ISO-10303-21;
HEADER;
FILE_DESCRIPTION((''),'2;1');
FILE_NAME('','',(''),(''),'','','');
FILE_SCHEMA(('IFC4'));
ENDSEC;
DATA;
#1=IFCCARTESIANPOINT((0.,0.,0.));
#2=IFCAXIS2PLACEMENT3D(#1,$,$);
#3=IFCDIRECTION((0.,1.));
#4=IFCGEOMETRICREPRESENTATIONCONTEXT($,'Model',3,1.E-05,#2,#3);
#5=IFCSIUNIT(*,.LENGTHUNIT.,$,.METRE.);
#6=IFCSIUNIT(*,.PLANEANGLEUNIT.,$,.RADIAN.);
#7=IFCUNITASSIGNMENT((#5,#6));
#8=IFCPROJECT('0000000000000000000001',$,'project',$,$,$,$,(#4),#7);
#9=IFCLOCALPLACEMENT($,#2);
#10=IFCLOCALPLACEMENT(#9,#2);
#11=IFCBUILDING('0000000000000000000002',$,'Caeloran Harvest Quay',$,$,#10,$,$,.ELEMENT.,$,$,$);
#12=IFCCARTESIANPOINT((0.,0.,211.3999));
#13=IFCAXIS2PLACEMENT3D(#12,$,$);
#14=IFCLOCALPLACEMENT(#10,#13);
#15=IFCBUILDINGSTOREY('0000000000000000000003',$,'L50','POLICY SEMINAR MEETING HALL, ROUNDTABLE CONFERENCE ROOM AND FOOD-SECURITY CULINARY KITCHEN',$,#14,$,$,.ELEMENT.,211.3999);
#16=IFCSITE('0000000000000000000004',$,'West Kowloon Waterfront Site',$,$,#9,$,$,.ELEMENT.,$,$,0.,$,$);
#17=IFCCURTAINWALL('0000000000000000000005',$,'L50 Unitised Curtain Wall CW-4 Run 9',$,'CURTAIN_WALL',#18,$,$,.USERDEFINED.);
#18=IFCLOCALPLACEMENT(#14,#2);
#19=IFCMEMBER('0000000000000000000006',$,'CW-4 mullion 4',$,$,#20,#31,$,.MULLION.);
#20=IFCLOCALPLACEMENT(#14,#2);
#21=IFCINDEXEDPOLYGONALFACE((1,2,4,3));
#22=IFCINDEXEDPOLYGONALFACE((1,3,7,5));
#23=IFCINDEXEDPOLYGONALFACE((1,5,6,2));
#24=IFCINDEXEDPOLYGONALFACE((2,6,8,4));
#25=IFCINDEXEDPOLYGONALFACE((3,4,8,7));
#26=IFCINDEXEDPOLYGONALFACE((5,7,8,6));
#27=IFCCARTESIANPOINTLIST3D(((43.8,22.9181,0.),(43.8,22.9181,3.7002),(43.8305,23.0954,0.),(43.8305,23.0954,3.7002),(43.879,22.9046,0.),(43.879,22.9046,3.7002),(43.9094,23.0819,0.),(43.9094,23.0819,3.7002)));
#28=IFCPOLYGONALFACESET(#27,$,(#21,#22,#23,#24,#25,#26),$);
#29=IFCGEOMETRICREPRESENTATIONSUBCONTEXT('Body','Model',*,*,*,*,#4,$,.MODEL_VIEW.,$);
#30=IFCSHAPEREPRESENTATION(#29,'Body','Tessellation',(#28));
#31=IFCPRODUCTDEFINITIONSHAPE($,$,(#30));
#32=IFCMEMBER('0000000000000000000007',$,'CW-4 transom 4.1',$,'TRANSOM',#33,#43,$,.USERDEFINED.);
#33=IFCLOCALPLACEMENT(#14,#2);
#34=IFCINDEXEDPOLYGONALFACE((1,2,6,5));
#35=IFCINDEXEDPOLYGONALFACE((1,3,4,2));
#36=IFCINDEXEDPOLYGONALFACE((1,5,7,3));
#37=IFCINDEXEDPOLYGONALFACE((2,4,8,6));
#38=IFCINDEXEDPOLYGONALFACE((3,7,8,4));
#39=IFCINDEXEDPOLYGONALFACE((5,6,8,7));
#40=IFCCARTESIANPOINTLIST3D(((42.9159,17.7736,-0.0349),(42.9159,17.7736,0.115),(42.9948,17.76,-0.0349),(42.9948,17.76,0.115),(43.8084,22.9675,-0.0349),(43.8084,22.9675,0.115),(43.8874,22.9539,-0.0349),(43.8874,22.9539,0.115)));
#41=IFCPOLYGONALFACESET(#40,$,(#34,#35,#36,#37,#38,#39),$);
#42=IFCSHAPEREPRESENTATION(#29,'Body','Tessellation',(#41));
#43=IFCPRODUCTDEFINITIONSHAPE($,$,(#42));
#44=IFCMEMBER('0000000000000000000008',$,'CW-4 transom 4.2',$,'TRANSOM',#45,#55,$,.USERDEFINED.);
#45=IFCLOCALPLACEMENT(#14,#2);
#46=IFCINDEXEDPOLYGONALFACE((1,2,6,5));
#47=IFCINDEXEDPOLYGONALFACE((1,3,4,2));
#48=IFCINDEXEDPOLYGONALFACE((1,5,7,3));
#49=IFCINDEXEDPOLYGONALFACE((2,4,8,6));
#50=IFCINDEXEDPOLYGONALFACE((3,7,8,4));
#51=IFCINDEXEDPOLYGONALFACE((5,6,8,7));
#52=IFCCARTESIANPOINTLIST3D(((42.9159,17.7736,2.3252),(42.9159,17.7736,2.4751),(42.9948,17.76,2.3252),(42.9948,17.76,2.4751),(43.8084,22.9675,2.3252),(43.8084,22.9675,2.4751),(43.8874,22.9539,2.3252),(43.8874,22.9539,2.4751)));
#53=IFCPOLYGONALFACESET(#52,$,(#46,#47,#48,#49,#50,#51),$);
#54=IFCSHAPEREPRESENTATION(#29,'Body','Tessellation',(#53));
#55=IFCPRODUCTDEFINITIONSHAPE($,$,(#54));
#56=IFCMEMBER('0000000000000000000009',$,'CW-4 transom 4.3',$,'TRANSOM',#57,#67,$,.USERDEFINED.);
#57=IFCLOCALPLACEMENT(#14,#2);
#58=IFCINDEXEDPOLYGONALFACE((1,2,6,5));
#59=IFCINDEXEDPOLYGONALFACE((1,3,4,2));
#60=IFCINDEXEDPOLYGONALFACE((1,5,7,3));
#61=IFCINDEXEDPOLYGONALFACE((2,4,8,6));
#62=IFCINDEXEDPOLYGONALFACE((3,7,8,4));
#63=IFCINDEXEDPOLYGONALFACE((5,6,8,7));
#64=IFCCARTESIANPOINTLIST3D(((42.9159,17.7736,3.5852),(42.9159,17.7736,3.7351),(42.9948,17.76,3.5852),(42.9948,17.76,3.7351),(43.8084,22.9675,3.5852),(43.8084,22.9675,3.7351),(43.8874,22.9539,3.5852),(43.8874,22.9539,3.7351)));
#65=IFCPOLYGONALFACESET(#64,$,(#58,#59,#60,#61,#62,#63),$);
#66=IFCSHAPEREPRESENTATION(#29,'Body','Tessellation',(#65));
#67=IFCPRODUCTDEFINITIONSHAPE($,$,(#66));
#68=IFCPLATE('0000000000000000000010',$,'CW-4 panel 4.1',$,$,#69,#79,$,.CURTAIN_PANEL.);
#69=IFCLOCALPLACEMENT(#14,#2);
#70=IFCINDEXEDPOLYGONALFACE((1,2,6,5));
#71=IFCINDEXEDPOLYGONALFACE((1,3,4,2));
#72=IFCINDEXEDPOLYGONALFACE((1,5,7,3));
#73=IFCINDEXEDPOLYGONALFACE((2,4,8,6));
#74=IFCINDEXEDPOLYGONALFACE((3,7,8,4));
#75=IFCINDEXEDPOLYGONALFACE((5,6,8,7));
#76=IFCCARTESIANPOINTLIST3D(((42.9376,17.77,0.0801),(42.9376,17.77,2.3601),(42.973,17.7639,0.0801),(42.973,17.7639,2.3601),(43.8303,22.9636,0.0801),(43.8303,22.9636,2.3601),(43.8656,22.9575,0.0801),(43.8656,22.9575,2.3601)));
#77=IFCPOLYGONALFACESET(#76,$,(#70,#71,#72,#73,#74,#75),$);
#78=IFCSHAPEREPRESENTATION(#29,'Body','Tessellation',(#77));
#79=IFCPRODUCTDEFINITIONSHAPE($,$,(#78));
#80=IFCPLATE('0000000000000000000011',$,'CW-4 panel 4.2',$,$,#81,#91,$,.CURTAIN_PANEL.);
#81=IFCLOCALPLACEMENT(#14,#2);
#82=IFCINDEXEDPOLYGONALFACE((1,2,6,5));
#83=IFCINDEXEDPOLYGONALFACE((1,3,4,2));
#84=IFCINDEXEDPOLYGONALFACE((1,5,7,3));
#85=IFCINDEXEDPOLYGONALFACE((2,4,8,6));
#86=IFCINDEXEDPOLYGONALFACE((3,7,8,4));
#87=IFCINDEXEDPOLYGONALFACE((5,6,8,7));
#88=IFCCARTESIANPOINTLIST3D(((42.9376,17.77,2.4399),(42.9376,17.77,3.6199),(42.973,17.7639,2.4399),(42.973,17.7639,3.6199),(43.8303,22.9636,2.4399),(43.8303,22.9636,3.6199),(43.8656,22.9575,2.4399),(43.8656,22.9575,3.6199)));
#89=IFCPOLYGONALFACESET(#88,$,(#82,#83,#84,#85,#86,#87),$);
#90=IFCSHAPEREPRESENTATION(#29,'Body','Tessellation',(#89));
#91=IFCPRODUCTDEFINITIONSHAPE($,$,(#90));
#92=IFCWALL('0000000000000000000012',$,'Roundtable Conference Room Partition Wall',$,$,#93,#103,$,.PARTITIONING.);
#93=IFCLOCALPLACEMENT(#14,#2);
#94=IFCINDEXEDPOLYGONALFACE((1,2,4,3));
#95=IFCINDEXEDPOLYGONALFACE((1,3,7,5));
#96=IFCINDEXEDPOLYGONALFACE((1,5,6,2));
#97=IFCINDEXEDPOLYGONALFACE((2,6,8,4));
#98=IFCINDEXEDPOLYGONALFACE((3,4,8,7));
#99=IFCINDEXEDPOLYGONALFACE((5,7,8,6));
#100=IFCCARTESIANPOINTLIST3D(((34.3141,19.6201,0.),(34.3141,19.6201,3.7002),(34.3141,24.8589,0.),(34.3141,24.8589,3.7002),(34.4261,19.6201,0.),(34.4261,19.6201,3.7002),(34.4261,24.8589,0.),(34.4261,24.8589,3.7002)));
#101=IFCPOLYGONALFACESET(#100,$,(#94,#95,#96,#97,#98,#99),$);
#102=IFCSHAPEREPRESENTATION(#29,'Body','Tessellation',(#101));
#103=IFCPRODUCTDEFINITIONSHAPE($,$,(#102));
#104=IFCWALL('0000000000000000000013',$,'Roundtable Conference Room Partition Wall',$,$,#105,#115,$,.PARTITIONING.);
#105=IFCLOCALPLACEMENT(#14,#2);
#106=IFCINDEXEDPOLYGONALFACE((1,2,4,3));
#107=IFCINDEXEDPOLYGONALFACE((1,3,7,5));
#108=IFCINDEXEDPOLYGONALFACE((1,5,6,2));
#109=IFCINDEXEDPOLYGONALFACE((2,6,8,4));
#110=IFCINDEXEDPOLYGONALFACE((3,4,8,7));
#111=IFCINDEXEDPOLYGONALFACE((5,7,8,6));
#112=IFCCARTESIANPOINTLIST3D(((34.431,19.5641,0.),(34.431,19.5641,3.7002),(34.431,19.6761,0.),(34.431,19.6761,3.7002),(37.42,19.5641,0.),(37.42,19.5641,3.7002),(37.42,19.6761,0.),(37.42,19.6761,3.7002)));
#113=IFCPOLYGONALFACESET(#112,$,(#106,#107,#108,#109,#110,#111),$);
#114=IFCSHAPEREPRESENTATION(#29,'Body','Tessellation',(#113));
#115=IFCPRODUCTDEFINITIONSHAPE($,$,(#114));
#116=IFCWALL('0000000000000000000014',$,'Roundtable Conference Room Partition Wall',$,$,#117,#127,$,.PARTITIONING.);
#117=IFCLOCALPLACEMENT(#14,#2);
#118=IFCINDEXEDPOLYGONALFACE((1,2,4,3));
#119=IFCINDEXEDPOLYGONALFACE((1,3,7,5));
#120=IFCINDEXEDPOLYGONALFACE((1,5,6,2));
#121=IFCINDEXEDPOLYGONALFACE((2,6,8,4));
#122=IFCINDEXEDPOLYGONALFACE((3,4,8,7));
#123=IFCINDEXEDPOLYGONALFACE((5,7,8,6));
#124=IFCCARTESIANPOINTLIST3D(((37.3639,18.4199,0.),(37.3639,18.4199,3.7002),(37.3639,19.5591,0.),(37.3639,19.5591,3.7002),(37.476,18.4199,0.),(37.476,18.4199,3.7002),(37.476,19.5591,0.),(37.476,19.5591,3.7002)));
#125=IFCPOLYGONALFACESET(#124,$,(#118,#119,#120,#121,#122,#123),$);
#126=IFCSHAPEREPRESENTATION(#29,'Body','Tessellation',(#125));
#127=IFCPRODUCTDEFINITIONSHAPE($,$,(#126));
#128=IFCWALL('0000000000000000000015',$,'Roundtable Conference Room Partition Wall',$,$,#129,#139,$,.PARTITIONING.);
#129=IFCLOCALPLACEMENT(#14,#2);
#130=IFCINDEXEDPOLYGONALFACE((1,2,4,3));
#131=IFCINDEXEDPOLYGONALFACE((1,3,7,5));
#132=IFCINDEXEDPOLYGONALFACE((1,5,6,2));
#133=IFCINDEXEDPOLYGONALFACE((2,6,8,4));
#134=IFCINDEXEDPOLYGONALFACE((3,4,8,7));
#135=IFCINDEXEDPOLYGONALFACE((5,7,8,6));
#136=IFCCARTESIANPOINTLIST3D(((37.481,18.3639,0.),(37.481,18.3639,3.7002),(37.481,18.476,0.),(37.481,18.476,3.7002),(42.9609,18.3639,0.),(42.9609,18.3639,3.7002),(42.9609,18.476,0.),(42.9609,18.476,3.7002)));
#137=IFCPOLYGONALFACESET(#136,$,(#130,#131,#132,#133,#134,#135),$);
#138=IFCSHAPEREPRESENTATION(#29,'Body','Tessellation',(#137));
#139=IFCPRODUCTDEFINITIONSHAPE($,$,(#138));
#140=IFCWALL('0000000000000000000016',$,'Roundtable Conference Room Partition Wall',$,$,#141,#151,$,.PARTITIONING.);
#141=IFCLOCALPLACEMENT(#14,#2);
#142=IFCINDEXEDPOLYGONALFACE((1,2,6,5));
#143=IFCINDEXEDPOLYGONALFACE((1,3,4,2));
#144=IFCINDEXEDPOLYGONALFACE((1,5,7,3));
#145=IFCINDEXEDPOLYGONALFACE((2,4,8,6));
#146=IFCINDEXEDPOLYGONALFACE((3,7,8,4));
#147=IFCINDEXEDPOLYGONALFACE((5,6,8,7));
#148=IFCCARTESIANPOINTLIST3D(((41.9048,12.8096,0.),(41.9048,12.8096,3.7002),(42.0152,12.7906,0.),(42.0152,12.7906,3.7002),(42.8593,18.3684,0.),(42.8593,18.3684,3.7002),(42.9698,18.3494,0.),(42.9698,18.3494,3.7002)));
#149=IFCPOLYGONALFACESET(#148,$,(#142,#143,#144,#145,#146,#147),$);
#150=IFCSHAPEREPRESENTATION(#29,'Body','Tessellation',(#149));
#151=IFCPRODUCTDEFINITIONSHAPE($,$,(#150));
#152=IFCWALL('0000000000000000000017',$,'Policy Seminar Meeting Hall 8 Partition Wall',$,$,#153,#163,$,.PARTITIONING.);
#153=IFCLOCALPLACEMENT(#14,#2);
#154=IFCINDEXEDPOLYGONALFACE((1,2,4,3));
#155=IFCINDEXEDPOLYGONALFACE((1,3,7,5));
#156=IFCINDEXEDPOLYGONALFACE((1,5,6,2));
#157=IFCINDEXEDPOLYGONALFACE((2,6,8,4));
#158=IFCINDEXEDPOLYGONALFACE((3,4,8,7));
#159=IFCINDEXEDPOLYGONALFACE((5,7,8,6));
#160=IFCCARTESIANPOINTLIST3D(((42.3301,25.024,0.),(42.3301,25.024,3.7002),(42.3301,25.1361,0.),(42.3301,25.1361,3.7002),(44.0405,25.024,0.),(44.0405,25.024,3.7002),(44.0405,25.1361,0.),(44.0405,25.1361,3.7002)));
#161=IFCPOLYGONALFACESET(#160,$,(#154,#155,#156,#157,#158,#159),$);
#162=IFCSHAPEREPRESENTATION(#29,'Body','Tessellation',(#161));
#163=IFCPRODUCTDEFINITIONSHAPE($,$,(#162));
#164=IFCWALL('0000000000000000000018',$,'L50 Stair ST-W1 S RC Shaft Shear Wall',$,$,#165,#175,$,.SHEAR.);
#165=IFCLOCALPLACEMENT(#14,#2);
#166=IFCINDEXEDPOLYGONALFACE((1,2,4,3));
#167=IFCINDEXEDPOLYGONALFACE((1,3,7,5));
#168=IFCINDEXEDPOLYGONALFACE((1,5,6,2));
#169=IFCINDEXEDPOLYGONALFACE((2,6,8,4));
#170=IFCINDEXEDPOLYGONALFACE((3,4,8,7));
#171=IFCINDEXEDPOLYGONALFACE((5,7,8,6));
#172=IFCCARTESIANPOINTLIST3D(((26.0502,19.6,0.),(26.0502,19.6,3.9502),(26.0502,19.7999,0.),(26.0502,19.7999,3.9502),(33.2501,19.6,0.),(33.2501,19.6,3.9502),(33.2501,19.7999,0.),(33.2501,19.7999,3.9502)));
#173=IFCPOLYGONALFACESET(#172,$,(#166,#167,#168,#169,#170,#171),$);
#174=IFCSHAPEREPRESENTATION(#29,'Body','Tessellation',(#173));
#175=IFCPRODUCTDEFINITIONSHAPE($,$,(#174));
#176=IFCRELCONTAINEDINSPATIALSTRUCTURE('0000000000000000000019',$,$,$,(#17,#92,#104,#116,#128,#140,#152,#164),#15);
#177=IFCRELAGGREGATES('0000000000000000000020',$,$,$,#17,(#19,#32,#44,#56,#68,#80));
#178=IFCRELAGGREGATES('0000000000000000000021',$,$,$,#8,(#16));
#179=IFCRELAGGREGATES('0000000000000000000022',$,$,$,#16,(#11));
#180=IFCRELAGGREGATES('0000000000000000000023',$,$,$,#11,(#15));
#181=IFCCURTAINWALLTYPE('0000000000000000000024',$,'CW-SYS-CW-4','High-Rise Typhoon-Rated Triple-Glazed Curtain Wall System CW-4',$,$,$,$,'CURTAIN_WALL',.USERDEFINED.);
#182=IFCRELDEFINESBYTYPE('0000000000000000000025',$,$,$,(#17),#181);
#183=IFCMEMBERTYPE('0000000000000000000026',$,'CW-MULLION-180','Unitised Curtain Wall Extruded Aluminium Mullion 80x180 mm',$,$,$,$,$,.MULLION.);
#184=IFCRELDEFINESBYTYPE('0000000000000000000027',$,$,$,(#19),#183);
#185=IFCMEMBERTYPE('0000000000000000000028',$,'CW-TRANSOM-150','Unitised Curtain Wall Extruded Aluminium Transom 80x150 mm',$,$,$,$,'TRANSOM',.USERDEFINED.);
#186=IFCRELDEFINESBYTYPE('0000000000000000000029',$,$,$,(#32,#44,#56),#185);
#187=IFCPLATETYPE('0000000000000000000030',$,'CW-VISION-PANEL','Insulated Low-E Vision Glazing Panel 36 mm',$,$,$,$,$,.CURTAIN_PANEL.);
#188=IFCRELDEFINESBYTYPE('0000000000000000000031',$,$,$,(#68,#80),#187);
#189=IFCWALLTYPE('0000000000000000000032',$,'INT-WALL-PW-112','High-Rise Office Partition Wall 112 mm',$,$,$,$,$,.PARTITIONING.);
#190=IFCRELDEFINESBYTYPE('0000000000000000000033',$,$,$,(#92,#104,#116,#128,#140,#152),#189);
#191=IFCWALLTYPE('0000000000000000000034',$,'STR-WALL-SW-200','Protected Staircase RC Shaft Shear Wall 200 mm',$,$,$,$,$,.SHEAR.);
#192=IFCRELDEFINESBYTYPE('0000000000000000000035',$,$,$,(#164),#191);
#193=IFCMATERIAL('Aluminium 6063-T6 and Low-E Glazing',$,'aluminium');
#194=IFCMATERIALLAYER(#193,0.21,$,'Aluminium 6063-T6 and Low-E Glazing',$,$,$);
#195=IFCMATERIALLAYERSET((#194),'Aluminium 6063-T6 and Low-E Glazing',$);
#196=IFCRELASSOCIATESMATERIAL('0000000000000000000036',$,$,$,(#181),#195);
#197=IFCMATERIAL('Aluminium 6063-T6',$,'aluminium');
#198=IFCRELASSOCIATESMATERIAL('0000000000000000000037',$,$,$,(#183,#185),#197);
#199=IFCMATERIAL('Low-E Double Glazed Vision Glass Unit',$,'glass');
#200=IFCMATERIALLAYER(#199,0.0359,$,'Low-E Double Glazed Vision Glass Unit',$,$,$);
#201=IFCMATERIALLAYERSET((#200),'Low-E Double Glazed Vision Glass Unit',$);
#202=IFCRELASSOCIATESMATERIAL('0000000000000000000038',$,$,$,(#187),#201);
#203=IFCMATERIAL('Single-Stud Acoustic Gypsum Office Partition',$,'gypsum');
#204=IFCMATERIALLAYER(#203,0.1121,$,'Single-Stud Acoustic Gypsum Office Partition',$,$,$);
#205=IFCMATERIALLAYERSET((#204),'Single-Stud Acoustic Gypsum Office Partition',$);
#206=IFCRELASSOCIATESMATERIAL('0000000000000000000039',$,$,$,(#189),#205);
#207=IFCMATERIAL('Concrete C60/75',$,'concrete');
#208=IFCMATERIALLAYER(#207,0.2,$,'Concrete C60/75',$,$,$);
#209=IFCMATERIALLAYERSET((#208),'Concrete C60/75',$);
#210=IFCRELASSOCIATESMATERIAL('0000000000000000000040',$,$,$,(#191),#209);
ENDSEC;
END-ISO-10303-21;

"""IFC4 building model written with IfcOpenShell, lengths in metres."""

from ifc_helpers import new_model, si_unit, direction, frame, frame_2d, origin, origin_2d, place, context, subcontext, project, spatial, rectangle, extrude, material, layer, layer_set, material_profile, profile_set, type_object, element, aggregate, save


model = new_model("IFC4")

# Units and contexts
model_context = context("Model", 3, precision=1e-05, world=origin(), true_north=direction((0.0, 1.0)))
body_context = subcontext(model_context, "Body", "Model", "MODEL_VIEW")
ifc_project = project(units=[si_unit("LENGTHUNIT", "METRE"), si_unit("PLANEANGLEUNIT", "RADIAN")], contexts=[model_context])

# Site, building, storey
site_placement = place(None, origin())
site = spatial("IfcSite", under=ifc_project, at=site_placement, Name="West Kowloon Waterfront Site", CompositionType="ELEMENT", RefElevation=0.0)
building_placement = place(site_placement, origin())
building = spatial("IfcBuilding", under=site, at=building_placement, Name="Caeloran Harvest Quay", CompositionType="ELEMENT")
storey_placement = place(building_placement, frame((0.0, 0.0, 211.3999)))
storey = spatial("IfcBuildingStorey", under=building, at=storey_placement, Name="L50", Description="POLICY SEMINAR MEETING HALL, ROUNDTABLE CONFERENCE ROOM AND FOOD-SECURITY CULINARY KITCHEN", CompositionType="ELEMENT", Elevation=211.3999)

# Curtain wall, members, plates
ifc_material_1 = material(Name="Aluminium 6063-T6 and Low-E Glazing", Category="aluminium")
ifc_layer_1 = layer(ifc_material_1, 0.21, Name="Aluminium 6063-T6 and Low-E Glazing")
ifc_layer_set_1 = layer_set([ifc_layer_1], Name="Aluminium 6063-T6 and Low-E Glazing")
curtain_wall_type = type_object("IfcCurtainWallType", Name="CW-SYS-CW-4", Description="High-Rise Typhoon-Rated Triple-Glazed Curtain Wall System CW-4", ElementType="CURTAIN_WALL", PredefinedType="USERDEFINED", material=ifc_layer_set_1)
curtain_wall_placement = place(storey_placement, origin())
curtain_wall = element("IfcCurtainWall", 1, at=curtain_wall_placement, inside=storey, type_object=curtain_wall_type, Name="L50 Unitised Curtain Wall CW-4 Run 9", ObjectType="CURTAIN_WALL", PredefinedType="USERDEFINED")
ifc_material_2 = material(Name="Aluminium 6063-T6", Category="aluminium")
ifc_material_profile_1 = material_profile(ifc_material_2, rectangle(XDim=0.0801, YDim=0.1799, at=origin_2d()), Name="CW-MULLION-180")
ifc_profile_set_1 = profile_set([ifc_material_profile_1], Name="Aluminium 6063-T6")
member_type_1 = type_object("IfcMemberType", Name="CW-MULLION-180", Description="Unitised Curtain Wall Extruded Aluminium Mullion 80x180 mm", PredefinedType="MULLION", material=ifc_profile_set_1)
member_1_placement = place(storey_placement, frame((43.8547, 23.0, 0.0), z_axis=(0.0, 0.0, 1.0), x_axis=(0.985549, -0.169391, 0.0)))
member_1 = element("IfcMember", 2, at=member_1_placement, type_object=member_type_1, Name="CW-4 mullion 4", PredefinedType="MULLION", context=body_context, shape_type="SweptSolid", body=[
    extrude(rectangle(XDim=0.0801, YDim=0.1799, at=origin_2d()), origin(), (0.0, 0.0, 1.0), 3.7002),
])
ifc_material_profile_2 = material_profile(ifc_material_2, rectangle(XDim=0.0801, YDim=0.1499, at=origin_2d()), Name="CW-TRANSOM-150")
ifc_profile_set_2 = profile_set([ifc_material_profile_2], Name="Aluminium 6063-T6")
member_type_2 = type_object("IfcMemberType", Name="CW-TRANSOM-150", Description="Unitised Curtain Wall Extruded Aluminium Transom 80x150 mm", ElementType="TRANSOM", PredefinedType="USERDEFINED", material=ifc_profile_set_2)
member_2_placement = place(storey_placement, frame((43.8479, 22.9607, 0.04), z_axis=(-0.16937, -0.985553, 0.0), x_axis=(0.985553, -0.16937, 0.0)))
member_2 = element("IfcMember", 3, at=member_2_placement, type_object=member_type_2, Name="CW-4 transom 4.1", ObjectType="TRANSOM", PredefinedType="USERDEFINED", context=body_context, shape_type="SweptSolid", body=[
    extrude(rectangle(XDim=0.0801, YDim=0.1499, at=origin_2d()), origin(), (0.0, 0.0, 1.0), 5.27),
])
member_3_placement = place(storey_placement, frame((43.8479, 22.9607, 2.4001), z_axis=(-0.16937, -0.985553, 0.0), x_axis=(0.985553, -0.16937, 0.0)))
member_3 = element("IfcMember", 4, at=member_3_placement, type_object=member_type_2, Name="CW-4 transom 4.2", ObjectType="TRANSOM", PredefinedType="USERDEFINED", context=body_context, shape_type="SweptSolid", body=[
    extrude(rectangle(XDim=0.0801, YDim=0.1499, at=origin_2d()), origin(), (0.0, 0.0, 1.0), 5.27),
])
member_4_placement = place(storey_placement, frame((43.8479, 22.9607, 3.6602), z_axis=(-0.16937, -0.985553, 0.0), x_axis=(0.985553, -0.16937, 0.0)))
member_4 = element("IfcMember", 5, at=member_4_placement, type_object=member_type_2, Name="CW-4 transom 4.3", ObjectType="TRANSOM", PredefinedType="USERDEFINED", context=body_context, shape_type="SweptSolid", body=[
    extrude(rectangle(XDim=0.0801, YDim=0.1499, at=origin_2d()), origin(), (0.0, 0.0, 1.0), 5.27),
])
ifc_material_3 = material(Name="Low-E Double Glazed Vision Glass Unit", Category="glass")
ifc_layer_2 = layer(ifc_material_3, 0.0359, Name="Low-E Double Glazed Vision Glass Unit")
ifc_layer_set_2 = layer_set([ifc_layer_2], Name="Low-E Double Glazed Vision Glass Unit")
plate_type = type_object("IfcPlateType", Name="CW-VISION-PANEL", Description="Insulated Low-E Vision Glazing Panel 36 mm", PredefinedType="CURTAIN_PANEL", material=ifc_layer_set_2)
plate_1_placement = place(storey_placement, frame((43.4016, 20.3638, 0.0801), z_axis=(0.0, 0.0, 1.0), x_axis=(-0.169391, -0.985549, 0.0)))
plate_1 = element("IfcPlate", 6, at=plate_1_placement, type_object=plate_type, Name="CW-4 panel 4.1", PredefinedType="CURTAIN_PANEL", context=body_context, shape_type="SweptSolid", body=[
    extrude(rectangle(XDim=5.2698, YDim=0.0359, at=origin_2d()), origin(), (0.0, 0.0, 1.0), 2.28),
])
plate_2_placement = place(storey_placement, frame((43.4016, 20.3638, 2.4399), z_axis=(0.0, 0.0, 1.0), x_axis=(-0.169391, -0.985549, 0.0)))
plate_2 = element("IfcPlate", 7, at=plate_2_placement, type_object=plate_type, Name="CW-4 panel 4.2", PredefinedType="CURTAIN_PANEL", context=body_context, shape_type="SweptSolid", body=[
    extrude(rectangle(XDim=5.2698, YDim=0.0359, at=origin_2d()), origin(), (0.0, 0.0, 1.0), 1.1799),
])
aggregate(curtain_wall, [member_1, member_2, member_3, member_4, plate_1, plate_2])

# Walls
ifc_material_4 = material(Name="Single-Stud Acoustic Gypsum Office Partition", Category="gypsum")
ifc_layer_3 = layer(ifc_material_4, 0.1121, Name="Single-Stud Acoustic Gypsum Office Partition")
ifc_layer_set_3 = layer_set([ifc_layer_3], Name="Single-Stud Acoustic Gypsum Office Partition")
wall_type_1 = type_object("IfcWallType", Name="INT-WALL-PW-112", Description="High-Rise Office Partition Wall 112 mm", PredefinedType="PARTITIONING", material=ifc_layer_set_3)
wall_1_placement = place(storey_placement, frame((34.3701, 24.8589, 0.0), z_axis=(0.0, 0.0, 1.0), x_axis=(0.0, -1.0, 0.0)))
element("IfcWall", 8, at=wall_1_placement, inside=storey, type_object=wall_type_1, Name="Roundtable Conference Room Partition Wall", PredefinedType="PARTITIONING", context=body_context, shape_type="SweptSolid", body=[
    extrude(rectangle(XDim=5.2388, YDim=0.1121, at=frame_2d((2.6194, 0.0))), origin(), (0.0, 0.0, 1.0), 3.7002),
])
wall_2_placement = place(storey_placement, frame((34.4309, 19.6201, 0.0), z_axis=(0.0, 0.0, 1.0), x_axis=(1.0, 0.0, 0.0)))
element("IfcWall", 9, at=wall_2_placement, inside=storey, type_object=wall_type_1, Name="Roundtable Conference Room Partition Wall", PredefinedType="PARTITIONING", context=body_context, shape_type="SweptSolid", body=[
    extrude(rectangle(XDim=2.989, YDim=0.1121, at=frame_2d((1.4946, 0.0))), origin(), (0.0, 0.0, 1.0), 3.7002),
])
wall_3_placement = place(storey_placement, frame((37.4199, 19.5591, 0.0), z_axis=(0.0, 0.0, 1.0), x_axis=(0.0, -1.0, 0.0)))
element("IfcWall", 10, at=wall_3_placement, inside=storey, type_object=wall_type_1, Name="Roundtable Conference Room Partition Wall", PredefinedType="PARTITIONING", context=body_context, shape_type="SweptSolid", body=[
    extrude(rectangle(XDim=1.1392, YDim=0.1121, at=frame_2d((0.5696, 0.0))), origin(), (0.0, 0.0, 1.0), 3.7002),
])
wall_4_placement = place(storey_placement, frame((37.481, 18.4199, 0.0), z_axis=(0.0, 0.0, 1.0), x_axis=(1.0, 0.0, 0.0)))
element("IfcWall", 11, at=wall_4_placement, inside=storey, type_object=wall_type_1, Name="Roundtable Conference Room Partition Wall", PredefinedType="PARTITIONING", context=body_context, shape_type="SweptSolid", body=[
    extrude(rectangle(XDim=5.48, YDim=0.1121, at=frame_2d((2.74, 0.0))), origin(), (0.0, 0.0, 1.0), 3.7002),
])
wall_5_placement = place(storey_placement, frame((42.9146, 18.3589, 0.0), z_axis=(0.0, 0.0, 1.0), x_axis=(-0.169247, -0.985574, 0.0)))
element("IfcWall", 12, at=wall_5_placement, inside=storey, type_object=wall_type_1, Name="Roundtable Conference Room Partition Wall", PredefinedType="PARTITIONING", context=body_context, shape_type="SweptSolid", body=[
    extrude(rectangle(XDim=5.6401, YDim=0.1121, at=frame_2d((2.8201, 0.0))), origin(), (0.0, 0.0, 1.0), 3.7002),
])
wall_6_placement = place(storey_placement, frame((44.0405, 25.0801, 0.0), z_axis=(0.0, 0.0, 1.0), x_axis=(-1.0, 0.0, 0.0)))
element("IfcWall", 13, at=wall_6_placement, inside=storey, type_object=wall_type_1, Name="Policy Seminar Meeting Hall 8 Partition Wall", PredefinedType="PARTITIONING", context=body_context, shape_type="SweptSolid", body=[
    extrude(rectangle(XDim=1.7104, YDim=0.1121, at=frame_2d((0.8552, 0.0))), origin(), (0.0, 0.0, 1.0), 3.7002),
])
ifc_material_5 = material(Name="Concrete C60/75", Category="concrete")
ifc_layer_4 = layer(ifc_material_5, 0.2, Name="Concrete C60/75")
ifc_layer_set_4 = layer_set([ifc_layer_4], Name="Concrete C60/75")
wall_type_2 = type_object("IfcWallType", Name="STR-WALL-SW-200", Description="Protected Staircase RC Shaft Shear Wall 200 mm", PredefinedType="SHEAR", material=ifc_layer_set_4)
wall_7_placement = place(storey_placement, frame((26.05, 19.7, 0.0), z_axis=(0.0, 0.0, 1.0), x_axis=(1.0, 0.0, 0.0)))
element("IfcWall", 14, at=wall_7_placement, inside=storey, type_object=wall_type_2, Name="L50 Stair ST-W1 S RC Shaft Shear Wall", PredefinedType="SHEAR", context=body_context, shape_type="SweptSolid", body=[
    extrude(rectangle(XDim=7.2, YDim=0.2, at=frame_2d((3.6001, 0.0))), origin(), (0.0, 0.0, 1.0), 3.9502),
])

save(model, "model.ifc")
